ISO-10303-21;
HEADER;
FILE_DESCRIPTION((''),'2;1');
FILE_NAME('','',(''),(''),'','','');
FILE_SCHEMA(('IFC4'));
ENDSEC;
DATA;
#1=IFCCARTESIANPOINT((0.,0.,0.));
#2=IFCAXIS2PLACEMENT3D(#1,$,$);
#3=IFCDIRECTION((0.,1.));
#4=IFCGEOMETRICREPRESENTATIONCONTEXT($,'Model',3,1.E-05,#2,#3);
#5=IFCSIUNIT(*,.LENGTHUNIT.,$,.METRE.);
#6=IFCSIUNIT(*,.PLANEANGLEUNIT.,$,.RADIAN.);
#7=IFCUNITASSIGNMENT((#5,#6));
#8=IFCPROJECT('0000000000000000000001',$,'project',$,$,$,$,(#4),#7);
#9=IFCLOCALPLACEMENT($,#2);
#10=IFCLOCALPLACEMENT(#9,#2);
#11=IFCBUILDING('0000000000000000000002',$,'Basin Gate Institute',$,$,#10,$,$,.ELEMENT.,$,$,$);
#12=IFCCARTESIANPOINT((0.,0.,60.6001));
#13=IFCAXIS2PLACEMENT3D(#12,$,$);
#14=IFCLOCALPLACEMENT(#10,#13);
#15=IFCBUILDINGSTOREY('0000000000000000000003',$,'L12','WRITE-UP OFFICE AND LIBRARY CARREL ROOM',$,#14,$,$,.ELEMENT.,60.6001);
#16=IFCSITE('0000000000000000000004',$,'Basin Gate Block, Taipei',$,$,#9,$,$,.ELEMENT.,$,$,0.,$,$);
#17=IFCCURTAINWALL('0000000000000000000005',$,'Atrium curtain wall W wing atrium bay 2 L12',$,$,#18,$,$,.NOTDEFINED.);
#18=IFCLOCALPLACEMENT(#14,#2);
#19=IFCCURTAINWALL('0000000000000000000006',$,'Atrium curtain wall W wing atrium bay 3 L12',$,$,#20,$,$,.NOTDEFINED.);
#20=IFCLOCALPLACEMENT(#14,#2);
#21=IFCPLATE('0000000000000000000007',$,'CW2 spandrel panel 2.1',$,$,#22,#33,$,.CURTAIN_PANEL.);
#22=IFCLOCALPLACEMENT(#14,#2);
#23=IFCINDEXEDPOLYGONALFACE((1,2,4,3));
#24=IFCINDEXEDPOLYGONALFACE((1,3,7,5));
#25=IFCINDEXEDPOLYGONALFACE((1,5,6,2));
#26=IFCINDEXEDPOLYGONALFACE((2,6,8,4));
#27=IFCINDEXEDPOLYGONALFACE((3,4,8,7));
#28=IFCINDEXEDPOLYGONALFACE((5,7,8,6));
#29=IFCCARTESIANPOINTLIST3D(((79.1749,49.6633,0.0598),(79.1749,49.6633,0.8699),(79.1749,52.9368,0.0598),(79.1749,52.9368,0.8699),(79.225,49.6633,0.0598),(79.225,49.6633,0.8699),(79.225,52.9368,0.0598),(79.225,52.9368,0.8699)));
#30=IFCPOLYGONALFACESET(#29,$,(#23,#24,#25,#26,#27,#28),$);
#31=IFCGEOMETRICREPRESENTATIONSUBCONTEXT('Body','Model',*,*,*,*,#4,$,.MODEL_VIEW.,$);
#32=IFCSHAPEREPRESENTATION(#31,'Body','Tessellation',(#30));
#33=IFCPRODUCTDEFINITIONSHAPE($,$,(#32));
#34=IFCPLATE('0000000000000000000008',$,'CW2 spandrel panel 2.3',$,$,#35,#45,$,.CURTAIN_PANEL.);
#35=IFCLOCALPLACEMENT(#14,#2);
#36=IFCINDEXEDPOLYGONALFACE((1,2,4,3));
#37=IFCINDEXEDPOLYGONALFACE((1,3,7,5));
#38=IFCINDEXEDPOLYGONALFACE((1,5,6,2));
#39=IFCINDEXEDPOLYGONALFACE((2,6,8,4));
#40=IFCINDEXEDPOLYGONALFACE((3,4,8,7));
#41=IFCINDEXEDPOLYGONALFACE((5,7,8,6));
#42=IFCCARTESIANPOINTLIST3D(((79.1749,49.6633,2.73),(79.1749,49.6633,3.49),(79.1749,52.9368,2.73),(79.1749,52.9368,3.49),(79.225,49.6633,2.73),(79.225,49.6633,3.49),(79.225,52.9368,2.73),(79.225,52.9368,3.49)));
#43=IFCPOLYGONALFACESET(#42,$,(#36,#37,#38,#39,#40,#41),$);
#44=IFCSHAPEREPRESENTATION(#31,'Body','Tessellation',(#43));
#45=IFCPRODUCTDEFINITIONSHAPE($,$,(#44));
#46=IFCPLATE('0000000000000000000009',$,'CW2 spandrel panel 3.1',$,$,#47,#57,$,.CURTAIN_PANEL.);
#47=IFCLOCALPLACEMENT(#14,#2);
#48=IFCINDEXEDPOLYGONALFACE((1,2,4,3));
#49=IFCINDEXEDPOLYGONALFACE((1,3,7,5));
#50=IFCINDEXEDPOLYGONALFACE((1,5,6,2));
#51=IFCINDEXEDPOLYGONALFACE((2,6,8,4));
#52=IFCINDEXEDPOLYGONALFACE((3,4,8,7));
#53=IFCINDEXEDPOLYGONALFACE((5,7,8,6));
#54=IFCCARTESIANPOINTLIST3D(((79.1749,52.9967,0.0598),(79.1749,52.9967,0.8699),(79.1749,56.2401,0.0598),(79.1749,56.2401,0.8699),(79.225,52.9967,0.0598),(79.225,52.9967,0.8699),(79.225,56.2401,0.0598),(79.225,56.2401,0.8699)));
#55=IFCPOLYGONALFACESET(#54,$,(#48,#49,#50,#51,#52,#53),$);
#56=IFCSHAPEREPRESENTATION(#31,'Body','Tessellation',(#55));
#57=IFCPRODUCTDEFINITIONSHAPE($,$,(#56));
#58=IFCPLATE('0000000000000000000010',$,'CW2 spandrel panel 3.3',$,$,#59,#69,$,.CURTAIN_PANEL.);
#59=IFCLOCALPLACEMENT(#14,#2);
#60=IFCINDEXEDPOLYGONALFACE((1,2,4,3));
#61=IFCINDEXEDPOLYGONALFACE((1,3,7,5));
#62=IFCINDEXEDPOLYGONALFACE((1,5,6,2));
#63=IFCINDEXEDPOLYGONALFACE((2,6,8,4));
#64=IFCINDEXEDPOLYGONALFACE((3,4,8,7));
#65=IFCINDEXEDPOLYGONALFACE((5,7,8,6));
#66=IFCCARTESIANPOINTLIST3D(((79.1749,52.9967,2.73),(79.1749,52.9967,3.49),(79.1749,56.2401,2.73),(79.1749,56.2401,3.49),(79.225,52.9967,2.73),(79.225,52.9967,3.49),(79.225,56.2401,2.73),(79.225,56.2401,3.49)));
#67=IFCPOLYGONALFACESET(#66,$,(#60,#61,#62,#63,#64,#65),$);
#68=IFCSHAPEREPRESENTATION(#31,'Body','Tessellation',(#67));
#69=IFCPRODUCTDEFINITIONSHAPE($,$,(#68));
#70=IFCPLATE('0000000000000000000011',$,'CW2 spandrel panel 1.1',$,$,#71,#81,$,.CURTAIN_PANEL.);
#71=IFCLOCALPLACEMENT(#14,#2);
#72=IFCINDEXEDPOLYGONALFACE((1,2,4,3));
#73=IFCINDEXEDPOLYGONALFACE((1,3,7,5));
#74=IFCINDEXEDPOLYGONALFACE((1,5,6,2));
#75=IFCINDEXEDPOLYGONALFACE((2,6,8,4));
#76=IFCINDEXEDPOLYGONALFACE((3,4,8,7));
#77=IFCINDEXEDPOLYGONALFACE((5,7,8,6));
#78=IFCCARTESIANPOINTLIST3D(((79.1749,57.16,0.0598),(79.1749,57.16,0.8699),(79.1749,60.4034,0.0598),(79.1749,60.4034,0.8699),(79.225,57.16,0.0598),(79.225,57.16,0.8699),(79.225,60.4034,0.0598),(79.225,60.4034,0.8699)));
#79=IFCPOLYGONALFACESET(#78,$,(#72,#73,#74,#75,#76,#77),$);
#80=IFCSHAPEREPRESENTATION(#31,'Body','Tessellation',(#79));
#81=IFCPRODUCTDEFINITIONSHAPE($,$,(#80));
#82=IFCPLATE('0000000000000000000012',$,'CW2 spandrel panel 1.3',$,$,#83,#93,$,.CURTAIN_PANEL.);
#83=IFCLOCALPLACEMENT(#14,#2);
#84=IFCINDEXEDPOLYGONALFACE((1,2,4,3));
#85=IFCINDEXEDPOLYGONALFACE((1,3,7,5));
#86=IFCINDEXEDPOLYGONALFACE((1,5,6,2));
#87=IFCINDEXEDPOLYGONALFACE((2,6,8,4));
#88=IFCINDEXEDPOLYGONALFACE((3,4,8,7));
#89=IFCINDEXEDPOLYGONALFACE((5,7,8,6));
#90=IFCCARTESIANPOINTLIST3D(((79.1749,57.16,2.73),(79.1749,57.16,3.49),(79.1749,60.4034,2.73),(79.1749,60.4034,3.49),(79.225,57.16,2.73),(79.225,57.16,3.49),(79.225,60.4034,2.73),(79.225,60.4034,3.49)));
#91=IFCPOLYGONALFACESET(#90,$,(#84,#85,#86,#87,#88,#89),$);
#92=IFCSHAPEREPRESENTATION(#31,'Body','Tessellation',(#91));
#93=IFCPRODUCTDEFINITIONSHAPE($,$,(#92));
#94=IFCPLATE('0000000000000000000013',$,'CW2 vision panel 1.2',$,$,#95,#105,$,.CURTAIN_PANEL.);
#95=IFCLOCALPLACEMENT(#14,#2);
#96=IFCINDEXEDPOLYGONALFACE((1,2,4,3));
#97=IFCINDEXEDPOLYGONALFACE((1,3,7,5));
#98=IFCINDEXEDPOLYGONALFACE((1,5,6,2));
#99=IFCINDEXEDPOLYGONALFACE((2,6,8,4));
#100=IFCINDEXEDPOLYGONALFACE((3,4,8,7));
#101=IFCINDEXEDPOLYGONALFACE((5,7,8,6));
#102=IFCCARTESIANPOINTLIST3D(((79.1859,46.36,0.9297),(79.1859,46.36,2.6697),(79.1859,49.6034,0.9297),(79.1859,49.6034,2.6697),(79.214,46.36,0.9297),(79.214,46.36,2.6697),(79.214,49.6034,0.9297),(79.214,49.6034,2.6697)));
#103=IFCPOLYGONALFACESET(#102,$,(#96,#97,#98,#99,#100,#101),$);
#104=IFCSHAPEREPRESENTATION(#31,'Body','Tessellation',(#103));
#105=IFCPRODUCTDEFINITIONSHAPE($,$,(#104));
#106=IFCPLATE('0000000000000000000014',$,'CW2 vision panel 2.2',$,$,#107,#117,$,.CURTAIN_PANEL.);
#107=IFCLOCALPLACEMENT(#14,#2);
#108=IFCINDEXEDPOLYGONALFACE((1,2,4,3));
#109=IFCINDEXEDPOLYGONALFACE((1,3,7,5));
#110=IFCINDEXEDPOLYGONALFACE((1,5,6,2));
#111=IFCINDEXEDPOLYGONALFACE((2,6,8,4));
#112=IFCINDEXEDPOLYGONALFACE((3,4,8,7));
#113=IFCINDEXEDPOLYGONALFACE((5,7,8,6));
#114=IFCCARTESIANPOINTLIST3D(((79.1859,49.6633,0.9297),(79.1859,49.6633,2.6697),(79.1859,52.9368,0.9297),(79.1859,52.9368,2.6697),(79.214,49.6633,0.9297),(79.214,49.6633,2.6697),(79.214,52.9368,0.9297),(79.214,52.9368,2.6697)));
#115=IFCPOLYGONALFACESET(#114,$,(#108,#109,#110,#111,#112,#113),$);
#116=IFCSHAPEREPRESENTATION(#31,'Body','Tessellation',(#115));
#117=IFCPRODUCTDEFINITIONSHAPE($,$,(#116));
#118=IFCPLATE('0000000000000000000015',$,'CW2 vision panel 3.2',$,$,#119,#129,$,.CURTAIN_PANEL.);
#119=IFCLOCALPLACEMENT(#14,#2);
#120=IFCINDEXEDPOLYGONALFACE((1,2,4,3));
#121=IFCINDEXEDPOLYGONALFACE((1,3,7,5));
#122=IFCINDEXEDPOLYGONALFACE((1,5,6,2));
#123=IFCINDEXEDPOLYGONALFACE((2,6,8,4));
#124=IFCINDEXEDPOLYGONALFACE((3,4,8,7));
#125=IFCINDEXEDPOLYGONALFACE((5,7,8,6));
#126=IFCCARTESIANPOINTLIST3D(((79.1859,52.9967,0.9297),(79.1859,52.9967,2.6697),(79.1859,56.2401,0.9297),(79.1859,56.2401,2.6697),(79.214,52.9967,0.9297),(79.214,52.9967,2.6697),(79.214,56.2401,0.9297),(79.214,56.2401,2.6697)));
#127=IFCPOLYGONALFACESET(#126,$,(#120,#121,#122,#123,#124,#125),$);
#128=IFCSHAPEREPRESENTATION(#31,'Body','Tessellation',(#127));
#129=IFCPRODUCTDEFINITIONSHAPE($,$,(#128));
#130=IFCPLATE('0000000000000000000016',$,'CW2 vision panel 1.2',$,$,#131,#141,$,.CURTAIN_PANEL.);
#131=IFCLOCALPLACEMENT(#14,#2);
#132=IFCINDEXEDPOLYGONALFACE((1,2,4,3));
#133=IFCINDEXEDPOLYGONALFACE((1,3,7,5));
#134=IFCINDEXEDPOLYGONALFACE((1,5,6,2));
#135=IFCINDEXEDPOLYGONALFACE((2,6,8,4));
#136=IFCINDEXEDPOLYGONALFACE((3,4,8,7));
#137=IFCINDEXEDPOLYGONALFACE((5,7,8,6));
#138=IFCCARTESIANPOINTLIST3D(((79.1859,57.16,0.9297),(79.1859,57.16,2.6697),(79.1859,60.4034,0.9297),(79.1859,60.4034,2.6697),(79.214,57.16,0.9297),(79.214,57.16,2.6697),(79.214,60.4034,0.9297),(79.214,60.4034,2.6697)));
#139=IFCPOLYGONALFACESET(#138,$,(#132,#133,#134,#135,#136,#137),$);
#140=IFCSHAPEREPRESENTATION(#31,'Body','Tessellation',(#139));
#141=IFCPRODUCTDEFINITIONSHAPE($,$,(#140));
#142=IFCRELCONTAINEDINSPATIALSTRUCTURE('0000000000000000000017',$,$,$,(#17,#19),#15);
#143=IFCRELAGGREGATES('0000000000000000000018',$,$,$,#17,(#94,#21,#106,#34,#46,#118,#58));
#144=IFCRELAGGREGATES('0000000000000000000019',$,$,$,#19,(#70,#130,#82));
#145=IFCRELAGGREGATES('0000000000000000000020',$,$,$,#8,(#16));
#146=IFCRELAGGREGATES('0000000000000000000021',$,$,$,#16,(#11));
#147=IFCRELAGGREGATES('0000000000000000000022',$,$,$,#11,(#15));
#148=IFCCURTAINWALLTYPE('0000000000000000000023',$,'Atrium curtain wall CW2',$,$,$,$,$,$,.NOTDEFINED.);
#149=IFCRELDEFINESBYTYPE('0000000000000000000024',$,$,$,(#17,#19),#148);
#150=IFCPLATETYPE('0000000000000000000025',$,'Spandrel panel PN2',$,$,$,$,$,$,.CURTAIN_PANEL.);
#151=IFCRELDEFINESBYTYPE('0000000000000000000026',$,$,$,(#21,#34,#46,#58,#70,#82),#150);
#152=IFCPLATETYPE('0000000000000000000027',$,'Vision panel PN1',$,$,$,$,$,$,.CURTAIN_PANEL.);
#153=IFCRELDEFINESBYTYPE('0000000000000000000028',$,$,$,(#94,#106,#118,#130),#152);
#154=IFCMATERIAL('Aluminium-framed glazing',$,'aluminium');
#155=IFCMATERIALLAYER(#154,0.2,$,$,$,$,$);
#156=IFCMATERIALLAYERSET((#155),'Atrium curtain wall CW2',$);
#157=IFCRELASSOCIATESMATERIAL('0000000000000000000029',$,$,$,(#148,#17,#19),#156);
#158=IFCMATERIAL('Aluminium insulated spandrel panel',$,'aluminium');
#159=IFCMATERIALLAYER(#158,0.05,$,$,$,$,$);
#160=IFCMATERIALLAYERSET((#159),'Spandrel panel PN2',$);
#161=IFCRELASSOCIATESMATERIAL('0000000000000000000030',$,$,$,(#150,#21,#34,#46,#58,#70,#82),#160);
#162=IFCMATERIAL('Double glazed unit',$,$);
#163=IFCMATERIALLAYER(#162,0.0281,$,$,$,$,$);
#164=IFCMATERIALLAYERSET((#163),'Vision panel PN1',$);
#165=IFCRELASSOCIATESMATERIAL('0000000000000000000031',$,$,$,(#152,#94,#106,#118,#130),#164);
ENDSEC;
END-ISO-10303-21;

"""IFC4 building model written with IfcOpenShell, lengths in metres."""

from ifc_helpers import new_model, si_unit, direction, frame, origin, origin_2d, place, context, subcontext, project, spatial, rectangle, extrude, material, layer, layer_set, type_object, element, aggregate, save


model = new_model("IFC4")

# Units and contexts
model_context = context("Model", 3, precision=1e-05, world=origin(), true_north=direction((0.0, 1.0)))
body_context = subcontext(model_context, "Body", "Model", "MODEL_VIEW")
ifc_project = project(units=[si_unit("LENGTHUNIT", "METRE"), si_unit("PLANEANGLEUNIT", "RADIAN")], contexts=[model_context])

# Site, building, storey
site_placement = place(None, origin())
site = spatial("IfcSite", under=ifc_project, at=site_placement, Name="Basin Gate Block, Taipei", CompositionType="ELEMENT", RefElevation=0.0)
building_placement = place(site_placement, origin())
building = spatial("IfcBuilding", under=site, at=building_placement, Name="Basin Gate Institute", CompositionType="ELEMENT")
storey_placement = place(building_placement, frame((0.0, 0.0, 60.6001)))
storey = spatial("IfcBuildingStorey", under=building, at=storey_placement, Name="L12", Description="WRITE-UP OFFICE AND LIBRARY CARREL ROOM", CompositionType="ELEMENT", Elevation=60.6001)

# Curtain wall
ifc_material_1 = material(Name="Aluminium-framed glazing", Category="aluminium")
ifc_layer_1 = layer(ifc_material_1, 0.2)
ifc_layer_set_1 = layer_set([ifc_layer_1], Name="Atrium curtain wall CW2")
curtain_wall_type = type_object("IfcCurtainWallType", Name="Atrium curtain wall CW2", PredefinedType="NOTDEFINED", material=ifc_layer_set_1)
curtain_wall_1_placement = place(storey_placement, origin())
curtain_wall_1 = element("IfcCurtainWall", 1, at=curtain_wall_1_placement, inside=storey, type_object=curtain_wall_type, material=ifc_layer_set_1, Name="Atrium curtain wall W wing atrium bay 2 L12", PredefinedType="NOTDEFINED")

# Curtain wall
curtain_wall_2_placement = place(storey_placement, origin())
curtain_wall_2 = element("IfcCurtainWall", 2, at=curtain_wall_2_placement, inside=storey, type_object=curtain_wall_type, material=ifc_layer_set_1, Name="Atrium curtain wall W wing atrium bay 3 L12", PredefinedType="NOTDEFINED")

# Plates
ifc_material_2 = material(Name="Aluminium insulated spandrel panel", Category="aluminium")
ifc_layer_2 = layer(ifc_material_2, 0.05)
ifc_layer_set_2 = layer_set([ifc_layer_2], Name="Spandrel panel PN2")
plate_type_1 = type_object("IfcPlateType", Name="Spandrel panel PN2", PredefinedType="CURTAIN_PANEL", material=ifc_layer_set_2)
plate_1_placement = place(storey_placement, frame((79.2, 51.3, 0.0598), z_axis=(0.0, 0.0, 1.0), x_axis=(0.0, 1.0, 0.0)))
plate_1 = element("IfcPlate", 3, at=plate_1_placement, type_object=plate_type_1, material=ifc_layer_set_2, Name="CW2 spandrel panel 2.1", PredefinedType="CURTAIN_PANEL", context=body_context, shape_type="SweptSolid", body=[
    extrude(rectangle(XDim=3.2734, YDim=0.05, at=origin_2d()), origin(), (0.0, 0.0, 1.0), 0.8101),
])
plate_2_placement = place(storey_placement, frame((79.2, 51.3, 2.73), z_axis=(0.0, 0.0, 1.0), x_axis=(0.0, 1.0, 0.0)))
plate_2 = element("IfcPlate", 4, at=plate_2_placement, type_object=plate_type_1, material=ifc_layer_set_2, Name="CW2 spandrel panel 2.3", PredefinedType="CURTAIN_PANEL", context=body_context, shape_type="SweptSolid", body=[
    extrude(rectangle(XDim=3.2734, YDim=0.05, at=origin_2d()), origin(), (0.0, 0.0, 1.0), 0.76),
])
plate_3_placement = place(storey_placement, frame((79.2, 54.6184, 0.0598), z_axis=(0.0, 0.0, 1.0), x_axis=(0.0, 1.0, 0.0)))
plate_3 = element("IfcPlate", 5, at=plate_3_placement, type_object=plate_type_1, material=ifc_layer_set_2, Name="CW2 spandrel panel 3.1", PredefinedType="CURTAIN_PANEL", context=body_context, shape_type="SweptSolid", body=[
    extrude(rectangle(XDim=3.2434, YDim=0.05, at=origin_2d()), origin(), (0.0, 0.0, 1.0), 0.8101),
])
plate_4_placement = place(storey_placement, frame((79.2, 54.6184, 2.73), z_axis=(0.0, 0.0, 1.0), x_axis=(0.0, 1.0, 0.0)))
plate_4 = element("IfcPlate", 6, at=plate_4_placement, type_object=plate_type_1, material=ifc_layer_set_2, Name="CW2 spandrel panel 3.3", PredefinedType="CURTAIN_PANEL", context=body_context, shape_type="SweptSolid", body=[
    extrude(rectangle(XDim=3.2434, YDim=0.05, at=origin_2d()), origin(), (0.0, 0.0, 1.0), 0.76),
])
plate_5_placement = place(storey_placement, frame((79.2, 58.7817, 0.0598), z_axis=(0.0, 0.0, 1.0), x_axis=(0.0, 1.0, 0.0)))
plate_5 = element("IfcPlate", 7, at=plate_5_placement, type_object=plate_type_1, material=ifc_layer_set_2, Name="CW2 spandrel panel 1.1", PredefinedType="CURTAIN_PANEL", context=body_context, shape_type="SweptSolid", body=[
    extrude(rectangle(XDim=3.2434, YDim=0.05, at=origin_2d()), origin(), (0.0, 0.0, 1.0), 0.8101),
])
plate_6_placement = place(storey_placement, frame((79.2, 58.7817, 2.73), z_axis=(0.0, 0.0, 1.0), x_axis=(0.0, 1.0, 0.0)))
plate_6 = element("IfcPlate", 8, at=plate_6_placement, type_object=plate_type_1, material=ifc_layer_set_2, Name="CW2 spandrel panel 1.3", PredefinedType="CURTAIN_PANEL", context=body_context, shape_type="SweptSolid", body=[
    extrude(rectangle(XDim=3.2434, YDim=0.05, at=origin_2d()), origin(), (0.0, 0.0, 1.0), 0.76),
])
ifc_material_3 = material(Name="Double glazed unit")
ifc_layer_3 = layer(ifc_material_3, 0.0281)
ifc_layer_set_3 = layer_set([ifc_layer_3], Name="Vision panel PN1")
plate_type_2 = type_object("IfcPlateType", Name="Vision panel PN1", PredefinedType="CURTAIN_PANEL", material=ifc_layer_set_3)
plate_7_placement = place(storey_placement, frame((79.2, 47.9817, 0.9297), z_axis=(0.0, 0.0, 1.0), x_axis=(0.0, 1.0, 0.0)))
plate_7 = element("IfcPlate", 9, at=plate_7_placement, type_object=plate_type_2, material=ifc_layer_set_3, Name="CW2 vision panel 1.2", PredefinedType="CURTAIN_PANEL", context=body_context, shape_type="SweptSolid", body=[
    extrude(rectangle(XDim=3.2434, YDim=0.0281, at=origin_2d()), origin(), (0.0, 0.0, 1.0), 1.74),
])
plate_8_placement = place(storey_placement, frame((79.2, 51.3, 0.9297), z_axis=(0.0, 0.0, 1.0), x_axis=(0.0, 1.0, 0.0)))
plate_8 = element("IfcPlate", 10, at=plate_8_placement, type_object=plate_type_2, material=ifc_layer_set_3, Name="CW2 vision panel 2.2", PredefinedType="CURTAIN_PANEL", context=body_context, shape_type="SweptSolid", body=[
    extrude(rectangle(XDim=3.2734, YDim=0.0281, at=origin_2d()), origin(), (0.0, 0.0, 1.0), 1.74),
])
plate_9_placement = place(storey_placement, frame((79.2, 54.6184, 0.9297), z_axis=(0.0, 0.0, 1.0), x_axis=(0.0, 1.0, 0.0)))
plate_9 = element("IfcPlate", 11, at=plate_9_placement, type_object=plate_type_2, material=ifc_layer_set_3, Name="CW2 vision panel 3.2", PredefinedType="CURTAIN_PANEL", context=body_context, shape_type="SweptSolid", body=[
    extrude(rectangle(XDim=3.2434, YDim=0.0281, at=origin_2d()), origin(), (0.0, 0.0, 1.0), 1.74),
])
aggregate(curtain_wall_1, [plate_7, plate_1, plate_8, plate_2, plate_3, plate_9, plate_4])
plate_10_placement = place(storey_placement, frame((79.2, 58.7817, 0.9297), z_axis=(0.0, 0.0, 1.0), x_axis=(0.0, 1.0, 0.0)))
plate_10 = element("IfcPlate", 12, at=plate_10_placement, type_object=plate_type_2, material=ifc_layer_set_3, Name="CW2 vision panel 1.2", PredefinedType="CURTAIN_PANEL", context=body_context, shape_type="SweptSolid", body=[
    extrude(rectangle(XDim=3.2434, YDim=0.0281, at=origin_2d()), origin(), (0.0, 0.0, 1.0), 1.74),
])
aggregate(curtain_wall_2, [plate_5, plate_10, plate_6])

save(model, "model.ifc")
